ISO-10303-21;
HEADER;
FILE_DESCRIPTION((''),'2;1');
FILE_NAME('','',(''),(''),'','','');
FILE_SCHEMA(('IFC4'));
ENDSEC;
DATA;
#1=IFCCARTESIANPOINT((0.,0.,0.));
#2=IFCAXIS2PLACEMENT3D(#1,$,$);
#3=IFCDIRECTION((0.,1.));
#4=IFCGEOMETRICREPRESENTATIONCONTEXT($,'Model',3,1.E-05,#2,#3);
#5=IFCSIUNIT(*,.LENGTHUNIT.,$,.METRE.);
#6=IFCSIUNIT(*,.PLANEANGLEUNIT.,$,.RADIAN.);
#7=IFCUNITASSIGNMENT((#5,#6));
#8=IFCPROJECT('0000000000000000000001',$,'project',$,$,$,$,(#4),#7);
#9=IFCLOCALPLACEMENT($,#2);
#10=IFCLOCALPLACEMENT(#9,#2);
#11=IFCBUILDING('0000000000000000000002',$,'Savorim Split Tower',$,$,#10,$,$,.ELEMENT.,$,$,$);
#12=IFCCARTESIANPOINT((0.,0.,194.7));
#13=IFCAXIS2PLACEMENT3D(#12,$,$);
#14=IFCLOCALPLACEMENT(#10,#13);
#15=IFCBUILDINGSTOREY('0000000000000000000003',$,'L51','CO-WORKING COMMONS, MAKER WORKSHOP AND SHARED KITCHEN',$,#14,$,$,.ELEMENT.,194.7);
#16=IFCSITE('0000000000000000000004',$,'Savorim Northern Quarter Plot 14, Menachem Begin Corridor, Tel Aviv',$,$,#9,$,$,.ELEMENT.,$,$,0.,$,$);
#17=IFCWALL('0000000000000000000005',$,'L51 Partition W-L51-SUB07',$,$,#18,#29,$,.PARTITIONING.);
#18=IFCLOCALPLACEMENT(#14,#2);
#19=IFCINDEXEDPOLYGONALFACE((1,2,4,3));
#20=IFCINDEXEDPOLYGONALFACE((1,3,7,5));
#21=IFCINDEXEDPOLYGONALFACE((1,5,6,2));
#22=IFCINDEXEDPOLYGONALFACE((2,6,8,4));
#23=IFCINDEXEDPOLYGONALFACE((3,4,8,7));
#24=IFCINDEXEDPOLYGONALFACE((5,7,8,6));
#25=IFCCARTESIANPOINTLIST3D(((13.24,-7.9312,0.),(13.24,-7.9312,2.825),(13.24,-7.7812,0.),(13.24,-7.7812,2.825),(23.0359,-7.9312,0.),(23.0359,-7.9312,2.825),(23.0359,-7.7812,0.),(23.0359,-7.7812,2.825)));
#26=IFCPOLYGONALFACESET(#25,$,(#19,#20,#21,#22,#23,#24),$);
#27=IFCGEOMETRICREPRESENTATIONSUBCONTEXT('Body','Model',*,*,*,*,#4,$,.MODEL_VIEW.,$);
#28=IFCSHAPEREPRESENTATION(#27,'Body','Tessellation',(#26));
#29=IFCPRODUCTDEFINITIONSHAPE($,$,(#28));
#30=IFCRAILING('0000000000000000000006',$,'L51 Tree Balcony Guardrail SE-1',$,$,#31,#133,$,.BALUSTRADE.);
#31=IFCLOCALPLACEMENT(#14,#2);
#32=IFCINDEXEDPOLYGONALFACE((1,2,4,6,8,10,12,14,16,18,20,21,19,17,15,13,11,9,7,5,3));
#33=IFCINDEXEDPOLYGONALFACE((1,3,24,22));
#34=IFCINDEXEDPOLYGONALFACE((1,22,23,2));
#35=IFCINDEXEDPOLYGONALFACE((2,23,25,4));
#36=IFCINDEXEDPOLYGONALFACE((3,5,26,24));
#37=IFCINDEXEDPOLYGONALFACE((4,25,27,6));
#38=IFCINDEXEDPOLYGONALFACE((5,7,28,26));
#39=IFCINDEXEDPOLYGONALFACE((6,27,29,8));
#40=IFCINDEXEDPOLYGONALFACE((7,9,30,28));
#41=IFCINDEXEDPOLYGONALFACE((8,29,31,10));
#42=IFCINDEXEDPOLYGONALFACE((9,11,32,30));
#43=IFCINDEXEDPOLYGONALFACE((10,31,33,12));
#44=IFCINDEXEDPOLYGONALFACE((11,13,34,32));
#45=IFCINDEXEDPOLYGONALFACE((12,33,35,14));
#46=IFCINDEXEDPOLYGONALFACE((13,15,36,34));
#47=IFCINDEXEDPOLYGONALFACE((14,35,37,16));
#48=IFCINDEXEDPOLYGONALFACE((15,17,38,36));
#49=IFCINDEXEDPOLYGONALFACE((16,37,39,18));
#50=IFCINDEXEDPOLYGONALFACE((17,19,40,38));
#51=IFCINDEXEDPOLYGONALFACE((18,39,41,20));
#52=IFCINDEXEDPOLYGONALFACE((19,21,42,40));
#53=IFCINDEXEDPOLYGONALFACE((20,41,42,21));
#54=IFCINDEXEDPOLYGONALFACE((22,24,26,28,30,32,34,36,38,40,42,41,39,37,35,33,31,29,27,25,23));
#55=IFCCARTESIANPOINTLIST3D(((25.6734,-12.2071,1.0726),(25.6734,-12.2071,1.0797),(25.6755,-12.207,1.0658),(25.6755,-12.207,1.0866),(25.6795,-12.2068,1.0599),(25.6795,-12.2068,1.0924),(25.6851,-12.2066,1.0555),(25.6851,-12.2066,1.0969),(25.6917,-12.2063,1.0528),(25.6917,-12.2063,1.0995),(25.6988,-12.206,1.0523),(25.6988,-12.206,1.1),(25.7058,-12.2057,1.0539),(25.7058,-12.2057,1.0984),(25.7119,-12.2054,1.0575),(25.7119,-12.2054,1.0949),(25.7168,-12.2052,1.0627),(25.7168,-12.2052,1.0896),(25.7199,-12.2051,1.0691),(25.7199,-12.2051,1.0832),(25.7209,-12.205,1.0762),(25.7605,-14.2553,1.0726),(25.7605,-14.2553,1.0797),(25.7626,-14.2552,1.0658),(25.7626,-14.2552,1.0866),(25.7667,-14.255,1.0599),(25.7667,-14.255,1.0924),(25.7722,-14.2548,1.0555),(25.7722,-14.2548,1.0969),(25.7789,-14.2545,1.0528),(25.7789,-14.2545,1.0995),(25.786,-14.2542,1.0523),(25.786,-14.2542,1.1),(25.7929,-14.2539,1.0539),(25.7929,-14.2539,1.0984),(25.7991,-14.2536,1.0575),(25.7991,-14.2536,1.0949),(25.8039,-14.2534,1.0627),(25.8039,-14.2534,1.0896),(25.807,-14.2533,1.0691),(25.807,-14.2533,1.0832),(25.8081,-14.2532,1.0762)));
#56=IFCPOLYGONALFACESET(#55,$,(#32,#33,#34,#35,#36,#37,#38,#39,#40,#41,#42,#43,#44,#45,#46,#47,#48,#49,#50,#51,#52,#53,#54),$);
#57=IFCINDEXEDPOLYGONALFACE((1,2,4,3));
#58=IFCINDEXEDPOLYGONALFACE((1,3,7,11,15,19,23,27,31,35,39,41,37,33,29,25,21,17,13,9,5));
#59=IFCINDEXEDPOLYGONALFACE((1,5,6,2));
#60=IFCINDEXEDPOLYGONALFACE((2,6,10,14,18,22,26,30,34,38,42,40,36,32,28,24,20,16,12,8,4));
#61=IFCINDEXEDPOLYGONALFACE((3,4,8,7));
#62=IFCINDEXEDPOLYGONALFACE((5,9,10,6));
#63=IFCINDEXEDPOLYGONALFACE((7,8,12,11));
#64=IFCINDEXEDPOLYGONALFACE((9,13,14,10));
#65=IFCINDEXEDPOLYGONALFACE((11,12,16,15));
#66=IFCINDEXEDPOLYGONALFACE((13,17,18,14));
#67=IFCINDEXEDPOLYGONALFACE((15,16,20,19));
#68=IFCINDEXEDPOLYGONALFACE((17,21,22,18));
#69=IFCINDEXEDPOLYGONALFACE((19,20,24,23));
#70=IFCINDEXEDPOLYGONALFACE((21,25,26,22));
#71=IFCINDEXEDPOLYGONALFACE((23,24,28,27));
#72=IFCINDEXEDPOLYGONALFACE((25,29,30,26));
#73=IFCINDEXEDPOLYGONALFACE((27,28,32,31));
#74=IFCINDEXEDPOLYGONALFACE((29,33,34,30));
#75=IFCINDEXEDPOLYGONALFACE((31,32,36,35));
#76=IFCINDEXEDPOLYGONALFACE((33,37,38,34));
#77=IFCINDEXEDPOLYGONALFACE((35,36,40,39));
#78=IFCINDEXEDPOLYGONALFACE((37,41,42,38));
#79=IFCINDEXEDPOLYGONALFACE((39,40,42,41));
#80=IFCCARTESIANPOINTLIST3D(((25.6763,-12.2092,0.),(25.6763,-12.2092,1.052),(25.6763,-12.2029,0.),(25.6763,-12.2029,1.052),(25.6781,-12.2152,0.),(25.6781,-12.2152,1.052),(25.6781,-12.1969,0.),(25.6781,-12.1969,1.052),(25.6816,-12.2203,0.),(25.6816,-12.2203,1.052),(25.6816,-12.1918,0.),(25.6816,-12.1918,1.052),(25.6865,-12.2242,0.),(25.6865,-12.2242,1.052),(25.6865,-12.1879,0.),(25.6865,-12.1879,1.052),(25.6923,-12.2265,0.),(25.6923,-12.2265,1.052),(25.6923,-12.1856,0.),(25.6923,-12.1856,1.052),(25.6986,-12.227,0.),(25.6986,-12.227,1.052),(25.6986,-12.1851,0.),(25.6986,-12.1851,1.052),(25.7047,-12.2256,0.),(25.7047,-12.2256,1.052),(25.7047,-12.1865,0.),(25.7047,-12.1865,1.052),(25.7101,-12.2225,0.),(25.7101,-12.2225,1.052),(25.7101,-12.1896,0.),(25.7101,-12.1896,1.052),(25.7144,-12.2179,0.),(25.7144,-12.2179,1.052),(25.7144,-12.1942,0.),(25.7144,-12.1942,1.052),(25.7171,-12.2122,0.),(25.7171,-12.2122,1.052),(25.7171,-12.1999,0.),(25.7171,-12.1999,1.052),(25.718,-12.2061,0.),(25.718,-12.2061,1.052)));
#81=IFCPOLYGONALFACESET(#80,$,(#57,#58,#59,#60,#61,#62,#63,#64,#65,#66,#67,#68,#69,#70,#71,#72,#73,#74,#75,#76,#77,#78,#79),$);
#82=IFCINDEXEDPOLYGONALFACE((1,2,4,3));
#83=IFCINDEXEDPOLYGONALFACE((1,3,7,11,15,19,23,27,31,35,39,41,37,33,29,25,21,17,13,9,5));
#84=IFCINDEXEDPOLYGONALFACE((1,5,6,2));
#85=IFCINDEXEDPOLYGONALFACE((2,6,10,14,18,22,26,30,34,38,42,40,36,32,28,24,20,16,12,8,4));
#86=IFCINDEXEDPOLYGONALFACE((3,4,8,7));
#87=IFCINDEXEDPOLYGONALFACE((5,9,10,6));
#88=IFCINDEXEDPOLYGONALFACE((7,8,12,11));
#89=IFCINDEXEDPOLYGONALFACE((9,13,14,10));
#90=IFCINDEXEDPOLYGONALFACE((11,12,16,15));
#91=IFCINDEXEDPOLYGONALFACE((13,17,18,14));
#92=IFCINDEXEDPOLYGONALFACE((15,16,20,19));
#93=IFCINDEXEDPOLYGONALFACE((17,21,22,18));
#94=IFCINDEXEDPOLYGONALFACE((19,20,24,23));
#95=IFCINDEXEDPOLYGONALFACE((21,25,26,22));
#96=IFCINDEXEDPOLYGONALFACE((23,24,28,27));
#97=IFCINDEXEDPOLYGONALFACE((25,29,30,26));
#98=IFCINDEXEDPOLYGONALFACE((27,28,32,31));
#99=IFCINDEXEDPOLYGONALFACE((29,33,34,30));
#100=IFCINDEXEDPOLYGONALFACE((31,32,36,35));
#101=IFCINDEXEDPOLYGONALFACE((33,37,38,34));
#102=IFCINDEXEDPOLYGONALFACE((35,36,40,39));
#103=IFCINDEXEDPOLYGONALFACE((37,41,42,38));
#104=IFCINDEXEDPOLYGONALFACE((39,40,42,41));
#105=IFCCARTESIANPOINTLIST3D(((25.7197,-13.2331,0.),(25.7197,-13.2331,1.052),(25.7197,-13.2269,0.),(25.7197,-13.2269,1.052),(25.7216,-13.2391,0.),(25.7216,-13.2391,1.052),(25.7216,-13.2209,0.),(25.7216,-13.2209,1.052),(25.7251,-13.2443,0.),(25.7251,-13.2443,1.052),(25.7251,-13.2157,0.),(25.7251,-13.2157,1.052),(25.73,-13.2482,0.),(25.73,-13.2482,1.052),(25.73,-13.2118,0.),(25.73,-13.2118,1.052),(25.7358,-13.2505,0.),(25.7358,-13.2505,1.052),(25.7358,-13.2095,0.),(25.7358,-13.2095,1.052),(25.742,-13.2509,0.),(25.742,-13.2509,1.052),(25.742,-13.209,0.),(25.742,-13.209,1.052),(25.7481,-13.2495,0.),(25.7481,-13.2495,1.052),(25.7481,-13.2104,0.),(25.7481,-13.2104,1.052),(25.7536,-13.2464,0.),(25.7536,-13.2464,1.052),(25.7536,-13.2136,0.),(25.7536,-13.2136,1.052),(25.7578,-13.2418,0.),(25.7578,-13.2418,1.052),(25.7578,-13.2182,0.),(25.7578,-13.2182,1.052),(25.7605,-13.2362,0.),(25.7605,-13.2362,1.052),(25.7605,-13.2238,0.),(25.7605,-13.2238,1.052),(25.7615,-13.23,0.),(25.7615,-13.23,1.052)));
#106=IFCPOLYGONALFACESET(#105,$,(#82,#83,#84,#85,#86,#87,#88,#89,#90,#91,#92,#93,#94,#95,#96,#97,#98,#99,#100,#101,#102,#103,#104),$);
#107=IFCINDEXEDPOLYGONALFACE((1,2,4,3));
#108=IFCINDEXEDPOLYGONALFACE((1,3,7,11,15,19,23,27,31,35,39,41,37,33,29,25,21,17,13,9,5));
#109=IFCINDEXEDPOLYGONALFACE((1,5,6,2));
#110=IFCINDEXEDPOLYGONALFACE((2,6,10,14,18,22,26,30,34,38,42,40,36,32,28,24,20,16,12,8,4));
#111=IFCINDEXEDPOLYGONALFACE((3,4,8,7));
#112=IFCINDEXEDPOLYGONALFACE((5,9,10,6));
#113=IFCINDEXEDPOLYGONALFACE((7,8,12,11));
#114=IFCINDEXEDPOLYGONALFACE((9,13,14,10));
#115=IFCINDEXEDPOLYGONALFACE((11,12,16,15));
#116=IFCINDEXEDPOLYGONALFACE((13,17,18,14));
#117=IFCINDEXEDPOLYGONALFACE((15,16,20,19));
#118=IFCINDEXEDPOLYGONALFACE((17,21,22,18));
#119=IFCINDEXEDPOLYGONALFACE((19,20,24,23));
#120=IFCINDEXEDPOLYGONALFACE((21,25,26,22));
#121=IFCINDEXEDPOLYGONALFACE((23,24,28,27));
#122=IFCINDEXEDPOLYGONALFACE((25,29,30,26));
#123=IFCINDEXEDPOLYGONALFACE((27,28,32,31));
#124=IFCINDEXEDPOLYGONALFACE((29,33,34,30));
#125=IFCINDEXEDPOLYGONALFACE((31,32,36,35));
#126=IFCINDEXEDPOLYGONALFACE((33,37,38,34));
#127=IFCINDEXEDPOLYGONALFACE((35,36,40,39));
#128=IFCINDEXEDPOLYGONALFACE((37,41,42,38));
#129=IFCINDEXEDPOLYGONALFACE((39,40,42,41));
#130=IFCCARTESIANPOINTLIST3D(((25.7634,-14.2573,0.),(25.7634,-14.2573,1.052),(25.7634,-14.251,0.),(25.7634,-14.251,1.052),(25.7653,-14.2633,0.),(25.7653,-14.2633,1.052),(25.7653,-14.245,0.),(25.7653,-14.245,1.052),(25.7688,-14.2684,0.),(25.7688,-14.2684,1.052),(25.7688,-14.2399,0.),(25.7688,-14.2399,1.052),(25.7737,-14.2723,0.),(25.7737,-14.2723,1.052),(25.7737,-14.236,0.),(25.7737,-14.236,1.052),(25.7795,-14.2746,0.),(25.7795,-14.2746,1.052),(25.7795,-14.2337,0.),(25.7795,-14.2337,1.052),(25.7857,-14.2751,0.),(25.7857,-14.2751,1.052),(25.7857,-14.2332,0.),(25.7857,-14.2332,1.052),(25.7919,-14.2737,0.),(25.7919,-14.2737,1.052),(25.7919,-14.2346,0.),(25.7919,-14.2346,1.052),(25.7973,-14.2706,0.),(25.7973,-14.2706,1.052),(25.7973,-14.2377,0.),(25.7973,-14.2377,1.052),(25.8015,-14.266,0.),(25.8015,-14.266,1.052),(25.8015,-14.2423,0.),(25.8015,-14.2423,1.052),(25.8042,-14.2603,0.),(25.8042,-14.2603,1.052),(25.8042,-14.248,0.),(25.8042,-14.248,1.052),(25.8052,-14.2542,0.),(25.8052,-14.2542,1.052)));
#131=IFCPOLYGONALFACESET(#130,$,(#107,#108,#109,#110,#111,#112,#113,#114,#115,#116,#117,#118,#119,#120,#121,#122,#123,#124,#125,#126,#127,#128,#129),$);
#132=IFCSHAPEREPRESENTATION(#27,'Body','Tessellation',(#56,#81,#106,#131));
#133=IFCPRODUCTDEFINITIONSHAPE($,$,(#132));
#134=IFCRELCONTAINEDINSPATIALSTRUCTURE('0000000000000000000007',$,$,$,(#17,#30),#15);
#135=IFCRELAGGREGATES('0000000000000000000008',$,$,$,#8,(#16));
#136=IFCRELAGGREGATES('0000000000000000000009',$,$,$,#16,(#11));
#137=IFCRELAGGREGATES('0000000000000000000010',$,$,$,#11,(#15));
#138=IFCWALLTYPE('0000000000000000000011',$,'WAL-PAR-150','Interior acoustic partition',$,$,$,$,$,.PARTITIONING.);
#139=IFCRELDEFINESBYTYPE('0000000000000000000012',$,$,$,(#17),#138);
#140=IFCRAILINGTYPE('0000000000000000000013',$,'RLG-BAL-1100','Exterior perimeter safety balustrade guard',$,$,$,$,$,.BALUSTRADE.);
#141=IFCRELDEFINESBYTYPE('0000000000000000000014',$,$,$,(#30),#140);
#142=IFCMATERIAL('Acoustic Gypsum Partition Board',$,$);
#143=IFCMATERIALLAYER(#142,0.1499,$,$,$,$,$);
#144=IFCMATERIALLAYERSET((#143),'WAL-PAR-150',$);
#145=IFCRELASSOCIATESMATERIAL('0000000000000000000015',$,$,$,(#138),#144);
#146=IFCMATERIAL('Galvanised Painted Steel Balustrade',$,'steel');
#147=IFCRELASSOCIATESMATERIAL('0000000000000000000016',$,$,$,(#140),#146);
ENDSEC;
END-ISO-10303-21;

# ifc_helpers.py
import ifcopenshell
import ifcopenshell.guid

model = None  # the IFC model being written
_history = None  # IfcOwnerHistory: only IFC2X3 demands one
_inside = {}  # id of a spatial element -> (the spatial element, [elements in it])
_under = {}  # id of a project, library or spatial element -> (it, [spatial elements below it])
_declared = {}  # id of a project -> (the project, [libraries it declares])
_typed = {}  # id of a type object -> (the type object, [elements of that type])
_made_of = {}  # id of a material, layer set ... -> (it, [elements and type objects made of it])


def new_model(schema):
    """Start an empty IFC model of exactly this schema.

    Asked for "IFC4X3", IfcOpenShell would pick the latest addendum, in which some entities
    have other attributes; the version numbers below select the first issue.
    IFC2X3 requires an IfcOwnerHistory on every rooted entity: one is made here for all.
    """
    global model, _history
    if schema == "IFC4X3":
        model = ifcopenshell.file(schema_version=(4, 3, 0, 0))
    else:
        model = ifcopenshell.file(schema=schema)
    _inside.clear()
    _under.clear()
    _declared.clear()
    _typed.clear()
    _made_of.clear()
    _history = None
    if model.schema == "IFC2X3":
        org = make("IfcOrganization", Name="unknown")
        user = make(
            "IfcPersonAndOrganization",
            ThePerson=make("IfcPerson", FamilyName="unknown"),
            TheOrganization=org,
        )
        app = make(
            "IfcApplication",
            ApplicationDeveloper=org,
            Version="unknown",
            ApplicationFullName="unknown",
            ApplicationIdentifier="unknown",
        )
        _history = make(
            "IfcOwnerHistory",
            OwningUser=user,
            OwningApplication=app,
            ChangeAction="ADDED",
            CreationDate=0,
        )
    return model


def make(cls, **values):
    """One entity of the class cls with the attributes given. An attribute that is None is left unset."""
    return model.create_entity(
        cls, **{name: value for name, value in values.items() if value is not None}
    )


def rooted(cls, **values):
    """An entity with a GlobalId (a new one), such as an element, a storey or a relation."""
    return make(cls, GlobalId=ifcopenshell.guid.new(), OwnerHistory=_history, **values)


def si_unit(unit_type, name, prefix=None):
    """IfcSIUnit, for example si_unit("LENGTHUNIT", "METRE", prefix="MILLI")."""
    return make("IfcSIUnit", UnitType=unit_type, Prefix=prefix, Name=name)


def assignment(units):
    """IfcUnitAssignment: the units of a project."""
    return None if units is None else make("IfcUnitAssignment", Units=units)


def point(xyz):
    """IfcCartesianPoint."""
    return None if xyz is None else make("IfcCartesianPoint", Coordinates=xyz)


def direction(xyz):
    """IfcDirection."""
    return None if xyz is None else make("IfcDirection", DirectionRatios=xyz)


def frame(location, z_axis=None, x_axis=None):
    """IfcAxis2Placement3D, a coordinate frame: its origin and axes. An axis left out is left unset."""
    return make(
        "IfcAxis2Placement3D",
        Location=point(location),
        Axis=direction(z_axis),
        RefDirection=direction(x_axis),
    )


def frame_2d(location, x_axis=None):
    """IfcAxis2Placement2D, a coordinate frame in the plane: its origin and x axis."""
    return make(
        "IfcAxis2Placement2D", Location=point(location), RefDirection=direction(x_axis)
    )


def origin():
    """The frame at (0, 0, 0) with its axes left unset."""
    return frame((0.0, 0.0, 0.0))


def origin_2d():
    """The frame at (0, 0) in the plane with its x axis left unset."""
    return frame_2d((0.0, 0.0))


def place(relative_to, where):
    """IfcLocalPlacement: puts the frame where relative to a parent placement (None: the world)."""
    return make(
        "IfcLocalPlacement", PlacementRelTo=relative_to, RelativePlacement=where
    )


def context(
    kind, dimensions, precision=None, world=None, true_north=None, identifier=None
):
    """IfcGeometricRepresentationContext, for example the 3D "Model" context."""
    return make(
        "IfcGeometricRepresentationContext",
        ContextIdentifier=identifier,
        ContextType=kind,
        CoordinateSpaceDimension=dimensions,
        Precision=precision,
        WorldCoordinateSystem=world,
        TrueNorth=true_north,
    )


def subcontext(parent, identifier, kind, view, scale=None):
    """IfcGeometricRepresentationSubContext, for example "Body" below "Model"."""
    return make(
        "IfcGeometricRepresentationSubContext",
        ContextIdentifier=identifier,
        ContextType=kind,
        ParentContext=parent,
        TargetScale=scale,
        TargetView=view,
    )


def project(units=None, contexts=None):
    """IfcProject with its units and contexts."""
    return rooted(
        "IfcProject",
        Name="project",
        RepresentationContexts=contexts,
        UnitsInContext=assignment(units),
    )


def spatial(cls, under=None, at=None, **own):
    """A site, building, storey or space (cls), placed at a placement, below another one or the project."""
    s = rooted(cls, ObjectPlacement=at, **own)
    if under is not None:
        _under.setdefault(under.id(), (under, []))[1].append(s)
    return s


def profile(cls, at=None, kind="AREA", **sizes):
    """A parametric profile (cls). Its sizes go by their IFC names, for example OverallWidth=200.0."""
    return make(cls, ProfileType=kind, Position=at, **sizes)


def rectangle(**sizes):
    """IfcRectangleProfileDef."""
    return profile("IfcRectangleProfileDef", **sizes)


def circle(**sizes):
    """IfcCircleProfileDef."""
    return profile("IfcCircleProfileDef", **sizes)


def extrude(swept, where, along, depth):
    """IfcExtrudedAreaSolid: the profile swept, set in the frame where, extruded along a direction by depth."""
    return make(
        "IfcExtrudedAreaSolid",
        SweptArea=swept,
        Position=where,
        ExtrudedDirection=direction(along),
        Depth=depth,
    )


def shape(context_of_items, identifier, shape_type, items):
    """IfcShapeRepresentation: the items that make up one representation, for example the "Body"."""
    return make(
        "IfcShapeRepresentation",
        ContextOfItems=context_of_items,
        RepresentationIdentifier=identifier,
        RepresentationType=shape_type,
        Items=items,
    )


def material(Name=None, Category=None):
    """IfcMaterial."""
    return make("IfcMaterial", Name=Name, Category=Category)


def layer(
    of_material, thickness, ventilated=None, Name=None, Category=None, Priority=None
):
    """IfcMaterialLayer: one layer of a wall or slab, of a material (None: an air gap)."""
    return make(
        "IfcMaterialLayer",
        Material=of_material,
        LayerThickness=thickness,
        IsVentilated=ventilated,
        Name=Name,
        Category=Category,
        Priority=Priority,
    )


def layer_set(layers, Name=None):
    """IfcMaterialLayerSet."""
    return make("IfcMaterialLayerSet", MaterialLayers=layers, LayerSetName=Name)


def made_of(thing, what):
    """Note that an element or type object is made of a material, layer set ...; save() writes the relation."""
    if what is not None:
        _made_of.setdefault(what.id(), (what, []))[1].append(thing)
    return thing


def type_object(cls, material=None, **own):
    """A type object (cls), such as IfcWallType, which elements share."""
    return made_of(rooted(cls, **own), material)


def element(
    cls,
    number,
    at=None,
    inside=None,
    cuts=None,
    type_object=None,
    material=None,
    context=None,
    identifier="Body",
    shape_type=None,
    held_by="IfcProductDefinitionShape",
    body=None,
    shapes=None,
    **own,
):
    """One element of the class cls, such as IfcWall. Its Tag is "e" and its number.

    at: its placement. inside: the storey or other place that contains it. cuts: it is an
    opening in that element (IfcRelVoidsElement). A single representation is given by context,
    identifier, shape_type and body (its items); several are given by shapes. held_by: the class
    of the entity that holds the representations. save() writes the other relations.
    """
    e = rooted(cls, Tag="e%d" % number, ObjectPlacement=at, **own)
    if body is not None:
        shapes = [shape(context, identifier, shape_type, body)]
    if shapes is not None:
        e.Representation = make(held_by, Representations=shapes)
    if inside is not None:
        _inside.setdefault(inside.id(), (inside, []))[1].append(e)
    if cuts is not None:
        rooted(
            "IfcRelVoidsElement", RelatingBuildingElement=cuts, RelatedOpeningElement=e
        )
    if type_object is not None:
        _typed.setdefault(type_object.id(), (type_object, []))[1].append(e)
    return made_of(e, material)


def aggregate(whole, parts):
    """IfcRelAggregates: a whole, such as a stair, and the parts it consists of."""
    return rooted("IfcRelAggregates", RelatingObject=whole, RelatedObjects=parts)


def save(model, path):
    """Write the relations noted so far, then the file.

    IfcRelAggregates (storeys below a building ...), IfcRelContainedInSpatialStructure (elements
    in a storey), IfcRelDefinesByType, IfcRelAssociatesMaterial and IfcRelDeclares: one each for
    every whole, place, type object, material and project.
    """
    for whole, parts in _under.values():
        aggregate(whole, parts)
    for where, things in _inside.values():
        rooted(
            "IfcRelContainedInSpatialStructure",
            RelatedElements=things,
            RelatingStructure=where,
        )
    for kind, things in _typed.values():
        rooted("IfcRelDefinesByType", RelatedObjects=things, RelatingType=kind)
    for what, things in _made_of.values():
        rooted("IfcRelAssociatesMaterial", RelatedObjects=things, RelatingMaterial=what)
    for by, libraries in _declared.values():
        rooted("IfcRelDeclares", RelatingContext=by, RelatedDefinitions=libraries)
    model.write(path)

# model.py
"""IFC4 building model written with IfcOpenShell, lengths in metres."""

from ifc_helpers import new_model, si_unit, direction, frame, frame_2d, origin, origin_2d, place, context, subcontext, project, spatial, rectangle, circle, extrude, material, layer, layer_set, type_object, element, save


model = new_model("IFC4")

# Units and contexts
model_context = context("Model", 3, precision=1e-05, world=origin(), true_north=direction((0.0, 1.0)))
body_context = subcontext(model_context, "Body", "Model", "MODEL_VIEW")
ifc_project = project(units=[si_unit("LENGTHUNIT", "METRE"), si_unit("PLANEANGLEUNIT", "RADIAN")], contexts=[model_context])

# Site, building, storey
site_placement = place(None, origin())
site = spatial("IfcSite", under=ifc_project, at=site_placement, Name="Savorim Northern Quarter Plot 14, Menachem Begin Corridor, Tel Aviv", CompositionType="ELEMENT", RefElevation=0.0)
building_placement = place(site_placement, origin())
building = spatial("IfcBuilding", under=site, at=building_placement, Name="Savorim Split Tower", CompositionType="ELEMENT")
storey_placement = place(building_placement, frame((0.0, 0.0, 194.7)))
storey = spatial("IfcBuildingStorey", under=building, at=storey_placement, Name="L51", Description="CO-WORKING COMMONS, MAKER WORKSHOP AND SHARED KITCHEN", CompositionType="ELEMENT", Elevation=194.7)

# Wall
ifc_material_1 = material(Name="Acoustic Gypsum Partition Board")
ifc_layer_1 = layer(ifc_material_1, 0.1499)
ifc_layer_set_1 = layer_set([ifc_layer_1], Name="WAL-PAR-150")
wall_type_1 = type_object("IfcWallType", Name="WAL-PAR-150", Description="Interior acoustic partition", PredefinedType="PARTITIONING", material=ifc_layer_set_1)
wall_1_placement = place(storey_placement, frame((13.24, -7.8562, 0.0), z_axis=(0.0, 0.0, 1.0), x_axis=(1.0, 0.0, 0.0)))
element("IfcWall", 1, at=wall_1_placement, inside=storey, type_object=wall_type_1, Name="L51 Partition W-L51-SUB07", PredefinedType="PARTITIONING", context=body_context, shape_type="SweptSolid", body=[
    extrude(rectangle(XDim=9.7959, YDim=0.1499, at=frame_2d((4.8979, 0.0))), origin(), (0.0, 0.0, 1.0), 2.825),
])

# Railing
ifc_material_2 = material(Name="Galvanised Painted Steel Balustrade", Category="steel")
railing_type = type_object("IfcRailingType", Name="RLG-BAL-1100", Description="Exterior perimeter safety balustrade guard", PredefinedType="BALUSTRADE", material=ifc_material_2)
railing_1_placement = place(storey_placement, frame((25.697, -12.2061, 0.0)))
element("IfcRailing", 2, at=railing_1_placement, inside=storey, type_object=railing_type, Name="L51 Tree Balcony Guardrail SE-1", PredefinedType="BALUSTRADE", context=body_context, shape_type="SweptSolid", body=[
    extrude(circle(Radius=0.0239, at=origin_2d()), frame((0.0, 0.0, 1.0762), z_axis=(0.042517, -0.999096, 0.0), x_axis=(0.999096, 0.042517, 0.0)), (0.0, 0.0, 1.0), 2.05),
    extrude(circle(Radius=0.021, at=origin_2d()), origin(), (0.0, 0.0, 1.0), 1.052),
    extrude(circle(Radius=0.021, at=origin_2d()), frame((0.0435, -1.0239, 0.0)), (0.0, 0.0, 1.0), 1.052),
    extrude(circle(Radius=0.021, at=origin_2d()), frame((0.0872, -2.0481, 0.0)), (0.0, 0.0, 1.0), 1.052),
])

save(model, "model.ifc")
